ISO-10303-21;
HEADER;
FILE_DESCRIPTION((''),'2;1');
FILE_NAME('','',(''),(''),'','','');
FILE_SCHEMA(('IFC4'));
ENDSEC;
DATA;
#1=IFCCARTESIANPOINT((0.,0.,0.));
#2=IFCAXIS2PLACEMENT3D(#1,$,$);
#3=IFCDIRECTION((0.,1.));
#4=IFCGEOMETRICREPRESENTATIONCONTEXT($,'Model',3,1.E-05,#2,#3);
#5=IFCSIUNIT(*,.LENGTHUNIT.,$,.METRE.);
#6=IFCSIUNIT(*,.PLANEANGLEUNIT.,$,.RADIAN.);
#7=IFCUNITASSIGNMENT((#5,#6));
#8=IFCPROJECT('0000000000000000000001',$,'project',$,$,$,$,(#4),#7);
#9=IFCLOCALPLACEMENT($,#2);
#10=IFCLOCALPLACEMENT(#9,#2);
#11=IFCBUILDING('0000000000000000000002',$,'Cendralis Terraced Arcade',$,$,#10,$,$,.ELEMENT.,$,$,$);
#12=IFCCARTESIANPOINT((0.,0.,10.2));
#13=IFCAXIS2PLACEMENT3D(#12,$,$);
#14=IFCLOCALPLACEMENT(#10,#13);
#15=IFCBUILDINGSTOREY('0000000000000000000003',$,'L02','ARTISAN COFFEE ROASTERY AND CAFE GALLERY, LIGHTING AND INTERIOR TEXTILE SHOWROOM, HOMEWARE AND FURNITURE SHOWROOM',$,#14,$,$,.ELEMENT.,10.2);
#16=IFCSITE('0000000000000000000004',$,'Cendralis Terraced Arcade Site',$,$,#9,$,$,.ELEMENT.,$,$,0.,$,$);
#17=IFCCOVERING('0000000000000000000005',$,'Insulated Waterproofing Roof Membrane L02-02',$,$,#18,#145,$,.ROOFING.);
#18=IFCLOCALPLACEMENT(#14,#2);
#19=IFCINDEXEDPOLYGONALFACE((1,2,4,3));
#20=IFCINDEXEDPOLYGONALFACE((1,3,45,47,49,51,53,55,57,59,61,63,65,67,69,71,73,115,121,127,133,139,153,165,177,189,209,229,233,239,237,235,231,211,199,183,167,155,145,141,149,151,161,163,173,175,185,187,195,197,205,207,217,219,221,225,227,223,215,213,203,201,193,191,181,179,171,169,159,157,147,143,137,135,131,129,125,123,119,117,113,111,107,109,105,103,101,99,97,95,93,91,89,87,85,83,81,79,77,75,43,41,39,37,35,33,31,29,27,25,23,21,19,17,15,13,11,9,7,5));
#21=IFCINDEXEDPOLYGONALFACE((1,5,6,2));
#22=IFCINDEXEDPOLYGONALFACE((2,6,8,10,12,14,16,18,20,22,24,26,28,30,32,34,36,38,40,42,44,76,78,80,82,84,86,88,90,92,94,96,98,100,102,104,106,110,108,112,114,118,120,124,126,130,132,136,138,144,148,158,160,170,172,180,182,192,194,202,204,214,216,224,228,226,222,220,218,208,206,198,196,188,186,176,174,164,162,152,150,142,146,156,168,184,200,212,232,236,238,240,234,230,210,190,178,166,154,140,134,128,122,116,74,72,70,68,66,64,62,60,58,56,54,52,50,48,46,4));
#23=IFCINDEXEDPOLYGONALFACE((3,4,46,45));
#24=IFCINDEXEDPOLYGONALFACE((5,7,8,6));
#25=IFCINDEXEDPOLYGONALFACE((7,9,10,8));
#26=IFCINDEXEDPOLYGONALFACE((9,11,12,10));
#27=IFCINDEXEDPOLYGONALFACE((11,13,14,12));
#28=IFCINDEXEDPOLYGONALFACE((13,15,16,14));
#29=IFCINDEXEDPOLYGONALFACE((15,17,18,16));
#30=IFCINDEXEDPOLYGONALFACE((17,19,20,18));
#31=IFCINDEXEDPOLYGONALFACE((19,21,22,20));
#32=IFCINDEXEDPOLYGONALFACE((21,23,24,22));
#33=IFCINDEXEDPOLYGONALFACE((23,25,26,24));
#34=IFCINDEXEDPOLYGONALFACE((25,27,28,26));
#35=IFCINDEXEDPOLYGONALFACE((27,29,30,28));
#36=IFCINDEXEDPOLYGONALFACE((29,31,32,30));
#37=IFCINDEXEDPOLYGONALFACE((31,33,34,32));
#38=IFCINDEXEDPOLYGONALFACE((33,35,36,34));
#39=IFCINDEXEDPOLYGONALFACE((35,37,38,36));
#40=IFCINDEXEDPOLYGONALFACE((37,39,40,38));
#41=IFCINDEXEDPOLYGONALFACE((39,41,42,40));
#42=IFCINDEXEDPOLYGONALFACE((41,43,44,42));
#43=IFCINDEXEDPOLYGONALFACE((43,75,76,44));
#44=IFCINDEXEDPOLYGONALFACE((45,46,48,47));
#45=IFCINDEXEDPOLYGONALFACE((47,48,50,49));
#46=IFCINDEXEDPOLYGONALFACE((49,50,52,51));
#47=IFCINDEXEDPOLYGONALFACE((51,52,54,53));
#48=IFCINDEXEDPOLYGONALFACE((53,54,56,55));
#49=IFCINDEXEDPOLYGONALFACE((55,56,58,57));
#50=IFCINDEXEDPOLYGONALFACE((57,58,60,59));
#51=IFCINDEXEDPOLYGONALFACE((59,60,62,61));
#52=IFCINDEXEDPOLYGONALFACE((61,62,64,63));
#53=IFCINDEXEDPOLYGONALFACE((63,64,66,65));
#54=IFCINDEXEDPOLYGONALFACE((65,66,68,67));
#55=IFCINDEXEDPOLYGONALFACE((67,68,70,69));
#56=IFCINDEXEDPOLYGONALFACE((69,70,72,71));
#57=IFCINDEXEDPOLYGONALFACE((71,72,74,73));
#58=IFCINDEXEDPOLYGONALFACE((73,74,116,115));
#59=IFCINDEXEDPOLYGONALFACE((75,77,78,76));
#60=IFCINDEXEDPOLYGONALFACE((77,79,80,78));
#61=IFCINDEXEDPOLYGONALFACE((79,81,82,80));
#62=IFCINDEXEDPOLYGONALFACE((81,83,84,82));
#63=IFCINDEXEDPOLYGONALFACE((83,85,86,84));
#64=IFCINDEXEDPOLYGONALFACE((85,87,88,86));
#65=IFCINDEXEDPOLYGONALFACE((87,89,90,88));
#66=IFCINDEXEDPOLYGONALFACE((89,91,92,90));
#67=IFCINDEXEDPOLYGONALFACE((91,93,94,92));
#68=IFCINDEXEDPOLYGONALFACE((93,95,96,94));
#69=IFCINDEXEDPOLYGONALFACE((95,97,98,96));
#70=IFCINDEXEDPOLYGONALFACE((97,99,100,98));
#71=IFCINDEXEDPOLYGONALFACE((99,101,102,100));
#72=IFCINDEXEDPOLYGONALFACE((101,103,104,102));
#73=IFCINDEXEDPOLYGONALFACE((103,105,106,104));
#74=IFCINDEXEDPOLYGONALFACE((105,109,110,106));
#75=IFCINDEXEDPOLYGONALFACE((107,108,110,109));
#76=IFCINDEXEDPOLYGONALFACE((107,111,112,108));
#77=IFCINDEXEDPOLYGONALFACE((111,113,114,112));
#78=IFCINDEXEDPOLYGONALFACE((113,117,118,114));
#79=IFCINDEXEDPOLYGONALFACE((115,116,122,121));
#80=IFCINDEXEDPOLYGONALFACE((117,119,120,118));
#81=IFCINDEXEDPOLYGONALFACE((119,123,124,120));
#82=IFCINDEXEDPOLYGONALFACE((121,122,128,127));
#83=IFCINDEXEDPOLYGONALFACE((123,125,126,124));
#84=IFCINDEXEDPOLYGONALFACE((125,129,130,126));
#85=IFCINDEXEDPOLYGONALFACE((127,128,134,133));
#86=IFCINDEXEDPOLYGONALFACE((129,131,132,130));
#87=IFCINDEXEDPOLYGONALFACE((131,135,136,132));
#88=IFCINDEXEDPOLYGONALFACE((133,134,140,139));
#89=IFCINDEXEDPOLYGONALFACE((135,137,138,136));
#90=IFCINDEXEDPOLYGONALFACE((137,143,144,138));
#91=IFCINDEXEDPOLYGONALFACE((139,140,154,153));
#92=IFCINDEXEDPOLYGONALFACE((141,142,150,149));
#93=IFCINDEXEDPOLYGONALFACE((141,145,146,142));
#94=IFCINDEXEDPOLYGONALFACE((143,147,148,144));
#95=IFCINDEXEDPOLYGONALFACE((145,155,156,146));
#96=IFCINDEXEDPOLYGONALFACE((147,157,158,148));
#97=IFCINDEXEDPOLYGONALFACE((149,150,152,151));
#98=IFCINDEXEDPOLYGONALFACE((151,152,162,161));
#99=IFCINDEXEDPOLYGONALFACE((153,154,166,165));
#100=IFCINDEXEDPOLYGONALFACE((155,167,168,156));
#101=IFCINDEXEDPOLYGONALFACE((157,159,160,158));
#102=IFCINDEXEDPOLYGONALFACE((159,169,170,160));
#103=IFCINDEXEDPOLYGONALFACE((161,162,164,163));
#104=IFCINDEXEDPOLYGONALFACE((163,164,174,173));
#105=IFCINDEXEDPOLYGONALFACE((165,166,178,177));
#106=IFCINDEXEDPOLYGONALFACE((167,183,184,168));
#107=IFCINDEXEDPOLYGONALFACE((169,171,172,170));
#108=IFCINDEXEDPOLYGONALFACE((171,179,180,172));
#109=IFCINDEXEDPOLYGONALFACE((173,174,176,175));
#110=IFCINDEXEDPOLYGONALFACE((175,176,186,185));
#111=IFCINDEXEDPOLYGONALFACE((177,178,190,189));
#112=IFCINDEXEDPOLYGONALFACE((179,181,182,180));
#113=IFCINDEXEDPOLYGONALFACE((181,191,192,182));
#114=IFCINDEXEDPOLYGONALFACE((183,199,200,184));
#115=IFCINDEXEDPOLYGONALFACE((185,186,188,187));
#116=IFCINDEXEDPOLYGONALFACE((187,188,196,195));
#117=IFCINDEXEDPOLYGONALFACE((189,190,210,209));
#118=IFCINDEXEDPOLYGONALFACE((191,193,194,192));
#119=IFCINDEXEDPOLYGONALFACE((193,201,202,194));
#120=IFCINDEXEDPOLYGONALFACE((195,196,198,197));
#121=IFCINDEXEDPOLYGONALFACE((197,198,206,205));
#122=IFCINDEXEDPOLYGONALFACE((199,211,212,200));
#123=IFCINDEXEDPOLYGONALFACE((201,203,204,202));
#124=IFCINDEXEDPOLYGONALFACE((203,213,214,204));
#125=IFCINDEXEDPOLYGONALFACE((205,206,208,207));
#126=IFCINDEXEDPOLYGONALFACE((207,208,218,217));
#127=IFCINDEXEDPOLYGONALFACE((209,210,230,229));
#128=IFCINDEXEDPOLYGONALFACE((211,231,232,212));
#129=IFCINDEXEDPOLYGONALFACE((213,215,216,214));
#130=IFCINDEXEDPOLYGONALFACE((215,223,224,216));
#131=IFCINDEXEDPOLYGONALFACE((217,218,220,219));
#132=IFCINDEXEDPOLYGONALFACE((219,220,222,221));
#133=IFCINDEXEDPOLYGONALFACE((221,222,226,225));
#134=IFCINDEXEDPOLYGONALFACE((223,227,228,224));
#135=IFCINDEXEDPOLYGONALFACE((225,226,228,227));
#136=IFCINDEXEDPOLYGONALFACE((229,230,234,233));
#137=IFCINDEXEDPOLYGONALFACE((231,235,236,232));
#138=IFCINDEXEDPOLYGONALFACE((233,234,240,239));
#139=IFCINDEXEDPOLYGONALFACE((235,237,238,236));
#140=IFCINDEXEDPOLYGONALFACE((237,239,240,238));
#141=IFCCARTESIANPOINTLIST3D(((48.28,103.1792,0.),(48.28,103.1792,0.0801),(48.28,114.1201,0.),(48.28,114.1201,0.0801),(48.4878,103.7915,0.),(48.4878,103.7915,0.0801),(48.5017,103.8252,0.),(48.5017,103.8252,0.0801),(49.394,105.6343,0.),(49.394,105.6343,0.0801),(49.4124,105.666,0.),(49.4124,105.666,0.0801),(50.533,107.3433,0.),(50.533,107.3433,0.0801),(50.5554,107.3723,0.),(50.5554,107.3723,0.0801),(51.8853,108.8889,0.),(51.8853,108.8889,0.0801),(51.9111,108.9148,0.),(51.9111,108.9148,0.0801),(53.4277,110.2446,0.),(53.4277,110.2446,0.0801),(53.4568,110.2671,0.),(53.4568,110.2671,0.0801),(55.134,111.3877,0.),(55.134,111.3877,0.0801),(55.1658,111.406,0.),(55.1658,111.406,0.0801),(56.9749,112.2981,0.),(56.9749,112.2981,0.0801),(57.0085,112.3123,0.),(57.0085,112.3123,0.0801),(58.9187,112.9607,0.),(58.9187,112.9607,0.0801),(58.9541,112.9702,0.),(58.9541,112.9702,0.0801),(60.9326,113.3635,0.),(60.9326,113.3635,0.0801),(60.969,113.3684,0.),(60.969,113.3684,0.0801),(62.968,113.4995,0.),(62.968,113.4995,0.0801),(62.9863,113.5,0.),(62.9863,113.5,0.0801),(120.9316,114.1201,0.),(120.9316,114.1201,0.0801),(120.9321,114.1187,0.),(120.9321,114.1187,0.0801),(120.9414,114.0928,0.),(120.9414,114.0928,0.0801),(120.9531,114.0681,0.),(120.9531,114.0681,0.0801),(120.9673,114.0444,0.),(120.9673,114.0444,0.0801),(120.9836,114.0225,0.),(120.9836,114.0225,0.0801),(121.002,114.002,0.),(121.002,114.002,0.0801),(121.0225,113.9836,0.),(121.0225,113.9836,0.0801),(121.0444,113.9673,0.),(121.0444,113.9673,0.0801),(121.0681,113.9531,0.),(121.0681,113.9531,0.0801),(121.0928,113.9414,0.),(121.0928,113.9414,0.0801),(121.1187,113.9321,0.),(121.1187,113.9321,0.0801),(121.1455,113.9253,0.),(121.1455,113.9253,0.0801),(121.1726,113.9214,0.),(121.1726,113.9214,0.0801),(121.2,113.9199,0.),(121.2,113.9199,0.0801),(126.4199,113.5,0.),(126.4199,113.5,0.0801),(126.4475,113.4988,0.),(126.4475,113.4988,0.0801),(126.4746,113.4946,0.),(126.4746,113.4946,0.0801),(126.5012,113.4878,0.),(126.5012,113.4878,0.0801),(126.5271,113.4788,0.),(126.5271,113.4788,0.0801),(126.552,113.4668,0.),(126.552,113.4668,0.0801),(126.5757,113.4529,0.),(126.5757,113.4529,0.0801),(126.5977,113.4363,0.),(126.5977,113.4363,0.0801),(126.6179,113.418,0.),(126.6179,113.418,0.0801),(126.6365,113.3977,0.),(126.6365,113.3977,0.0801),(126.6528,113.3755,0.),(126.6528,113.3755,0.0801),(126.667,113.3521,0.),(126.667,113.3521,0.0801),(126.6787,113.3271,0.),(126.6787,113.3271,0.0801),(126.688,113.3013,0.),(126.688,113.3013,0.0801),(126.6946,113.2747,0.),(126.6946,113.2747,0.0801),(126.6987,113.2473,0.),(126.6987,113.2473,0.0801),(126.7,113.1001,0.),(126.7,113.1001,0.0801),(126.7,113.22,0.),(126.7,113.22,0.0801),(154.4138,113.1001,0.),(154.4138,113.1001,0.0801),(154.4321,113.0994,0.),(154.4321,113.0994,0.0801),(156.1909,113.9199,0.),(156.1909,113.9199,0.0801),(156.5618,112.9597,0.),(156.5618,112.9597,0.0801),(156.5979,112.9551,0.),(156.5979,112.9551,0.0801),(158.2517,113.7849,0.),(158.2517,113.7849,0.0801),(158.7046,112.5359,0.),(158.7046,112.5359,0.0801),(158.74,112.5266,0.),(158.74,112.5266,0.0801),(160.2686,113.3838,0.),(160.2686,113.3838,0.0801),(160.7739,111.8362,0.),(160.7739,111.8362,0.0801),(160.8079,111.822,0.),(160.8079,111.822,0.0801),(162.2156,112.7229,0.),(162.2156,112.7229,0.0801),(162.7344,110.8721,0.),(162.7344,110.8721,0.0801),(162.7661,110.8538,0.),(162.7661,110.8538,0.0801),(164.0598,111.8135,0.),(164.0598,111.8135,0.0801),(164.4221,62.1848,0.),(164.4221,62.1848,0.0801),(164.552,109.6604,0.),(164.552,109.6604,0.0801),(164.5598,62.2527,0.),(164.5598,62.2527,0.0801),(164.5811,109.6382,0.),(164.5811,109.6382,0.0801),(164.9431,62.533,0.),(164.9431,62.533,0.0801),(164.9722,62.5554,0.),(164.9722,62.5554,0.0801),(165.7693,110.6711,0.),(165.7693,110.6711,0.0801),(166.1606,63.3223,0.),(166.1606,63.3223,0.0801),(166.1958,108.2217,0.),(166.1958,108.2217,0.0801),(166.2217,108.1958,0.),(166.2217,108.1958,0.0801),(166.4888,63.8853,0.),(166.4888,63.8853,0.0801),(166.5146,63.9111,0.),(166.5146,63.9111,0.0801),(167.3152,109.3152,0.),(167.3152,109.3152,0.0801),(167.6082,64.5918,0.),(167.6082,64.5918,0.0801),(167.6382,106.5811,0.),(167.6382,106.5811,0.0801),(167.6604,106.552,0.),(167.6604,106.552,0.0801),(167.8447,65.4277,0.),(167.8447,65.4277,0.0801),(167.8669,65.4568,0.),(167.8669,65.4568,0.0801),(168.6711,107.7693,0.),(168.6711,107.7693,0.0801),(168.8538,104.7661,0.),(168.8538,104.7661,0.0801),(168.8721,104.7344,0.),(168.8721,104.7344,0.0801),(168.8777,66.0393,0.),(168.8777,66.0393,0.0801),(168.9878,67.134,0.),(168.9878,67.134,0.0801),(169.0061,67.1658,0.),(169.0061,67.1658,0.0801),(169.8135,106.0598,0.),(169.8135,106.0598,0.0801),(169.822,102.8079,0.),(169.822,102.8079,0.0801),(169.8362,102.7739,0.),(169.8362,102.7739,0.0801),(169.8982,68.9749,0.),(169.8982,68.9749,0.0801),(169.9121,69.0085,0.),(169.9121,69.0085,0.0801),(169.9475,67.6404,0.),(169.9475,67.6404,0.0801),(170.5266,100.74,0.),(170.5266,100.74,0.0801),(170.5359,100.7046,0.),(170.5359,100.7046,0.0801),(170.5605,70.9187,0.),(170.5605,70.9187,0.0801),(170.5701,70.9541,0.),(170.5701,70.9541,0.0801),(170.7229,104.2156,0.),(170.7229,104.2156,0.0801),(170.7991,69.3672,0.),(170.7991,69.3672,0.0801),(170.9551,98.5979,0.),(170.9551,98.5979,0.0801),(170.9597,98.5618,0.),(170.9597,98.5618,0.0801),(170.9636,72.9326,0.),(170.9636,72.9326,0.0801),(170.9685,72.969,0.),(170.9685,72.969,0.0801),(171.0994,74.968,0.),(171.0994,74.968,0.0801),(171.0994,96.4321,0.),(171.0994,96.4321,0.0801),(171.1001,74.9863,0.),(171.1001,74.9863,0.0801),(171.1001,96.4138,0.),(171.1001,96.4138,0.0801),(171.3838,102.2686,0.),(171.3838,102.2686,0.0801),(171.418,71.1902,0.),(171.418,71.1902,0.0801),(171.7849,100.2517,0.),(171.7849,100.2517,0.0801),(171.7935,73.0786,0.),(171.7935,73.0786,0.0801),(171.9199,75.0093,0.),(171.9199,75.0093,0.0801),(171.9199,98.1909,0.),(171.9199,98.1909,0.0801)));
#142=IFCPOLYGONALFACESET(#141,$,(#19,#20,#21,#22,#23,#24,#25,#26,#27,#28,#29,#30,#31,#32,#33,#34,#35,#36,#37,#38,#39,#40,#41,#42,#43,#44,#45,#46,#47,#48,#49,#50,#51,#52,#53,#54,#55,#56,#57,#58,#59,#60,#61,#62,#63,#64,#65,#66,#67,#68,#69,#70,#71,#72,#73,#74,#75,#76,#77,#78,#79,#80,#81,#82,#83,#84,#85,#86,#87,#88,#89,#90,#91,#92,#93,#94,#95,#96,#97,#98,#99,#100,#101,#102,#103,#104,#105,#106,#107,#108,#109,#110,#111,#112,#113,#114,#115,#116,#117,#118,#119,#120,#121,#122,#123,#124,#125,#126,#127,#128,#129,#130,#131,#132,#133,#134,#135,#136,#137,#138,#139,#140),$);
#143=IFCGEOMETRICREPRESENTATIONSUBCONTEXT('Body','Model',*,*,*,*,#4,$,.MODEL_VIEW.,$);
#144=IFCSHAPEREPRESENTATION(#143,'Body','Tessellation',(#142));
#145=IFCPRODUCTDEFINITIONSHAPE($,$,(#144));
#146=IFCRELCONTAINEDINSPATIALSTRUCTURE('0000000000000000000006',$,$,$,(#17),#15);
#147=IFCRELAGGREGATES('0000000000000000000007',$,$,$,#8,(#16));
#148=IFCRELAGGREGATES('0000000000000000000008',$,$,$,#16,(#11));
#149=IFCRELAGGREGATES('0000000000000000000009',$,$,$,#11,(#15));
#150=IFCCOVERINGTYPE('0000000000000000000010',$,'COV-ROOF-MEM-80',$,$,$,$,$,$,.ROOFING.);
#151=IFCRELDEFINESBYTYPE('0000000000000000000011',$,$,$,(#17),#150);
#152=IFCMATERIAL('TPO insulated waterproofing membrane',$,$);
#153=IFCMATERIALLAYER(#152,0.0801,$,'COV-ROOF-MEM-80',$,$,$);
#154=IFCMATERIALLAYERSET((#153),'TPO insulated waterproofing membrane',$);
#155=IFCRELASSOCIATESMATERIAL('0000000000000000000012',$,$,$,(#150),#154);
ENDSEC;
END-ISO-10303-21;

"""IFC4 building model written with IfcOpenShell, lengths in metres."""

from ifc_helpers import new_model, si_unit, direction, frame, origin, place, context, subcontext, project, spatial, polyline, outline, extrude, material, layer, layer_set, type_object, element, save


model = new_model("IFC4")

# Units and contexts
model_context = context("Model", 3, precision=1e-05, world=origin(), true_north=direction((0.0, 1.0)))
body_context = subcontext(model_context, "Body", "Model", "MODEL_VIEW")
ifc_project = project(units=[si_unit("LENGTHUNIT", "METRE"), si_unit("PLANEANGLEUNIT", "RADIAN")], contexts=[model_context])

# Site, building, storey
site_placement = place(None, origin())
site = spatial("IfcSite", under=ifc_project, at=site_placement, Name="Cendralis Terraced Arcade Site", CompositionType="ELEMENT", RefElevation=0.0)
building_placement = place(site_placement, origin())
building = spatial("IfcBuilding", under=site, at=building_placement, Name="Cendralis Terraced Arcade", CompositionType="ELEMENT")
storey_placement = place(building_placement, frame((0.0, 0.0, 10.2)))
storey = spatial("IfcBuildingStorey", under=building, at=storey_placement, Name="L02", Description="ARTISAN COFFEE ROASTERY AND CAFE GALLERY, LIGHTING AND INTERIOR TEXTILE SHOWROOM, HOMEWARE AND FURNITURE SHOWROOM", CompositionType="ELEMENT", Elevation=10.2)

# Covering
ifc_material_1 = material(Name="TPO insulated waterproofing membrane")
ifc_layer_1 = layer(ifc_material_1, 0.0801, Name="COV-ROOF-MEM-80")
ifc_layer_set_1 = layer_set([ifc_layer_1], Name="TPO insulated waterproofing membrane")
covering_type_1 = type_object("IfcCoveringType", Name="COV-ROOF-MEM-80", PredefinedType="ROOFING", material=ifc_layer_set_1)
covering_1_placement = place(storey_placement, origin())
element("IfcCovering", 1, at=covering_1_placement, inside=storey, type_object=covering_type_1, Name="Insulated Waterproofing Roof Membrane L02-02", PredefinedType="ROOFING", context=body_context, shape_type="SweptSolid", body=[
    extrude(outline(polyline([(48.28, 103.1792), (48.28, 114.1201), (120.9316, 114.1201), (120.9321, 114.1187), (120.9414, 114.0928), (120.9531, 114.0681), (120.9673, 114.0444), (120.9836, 114.0225), (121.002, 114.002), (121.0225, 113.9836), (121.0444, 113.9673), (121.0681, 113.9531), (121.0928, 113.9414), (121.1187, 113.9321), (121.1455, 113.9253), (121.1726, 113.9214), (121.2, 113.9199), (156.1909, 113.9199), (158.2517, 113.7849), (160.2686, 113.3838), (162.2156, 112.7229), (164.0598, 111.8135), (165.7693, 110.6711), (167.3152, 109.3152), (168.6711, 107.7693), (169.8135, 106.0598), (170.7229, 104.2156), (171.3838, 102.2686), (171.7849, 100.2517), (171.9199, 98.1909), (171.9199, 75.0093), (171.7935, 73.0786), (171.418, 71.1902), (170.7991, 69.3672), (169.9475, 67.6404), (168.8777, 66.0393), (167.6082, 64.5918), (166.1606, 63.3223), (164.5598, 62.2527), (164.4221, 62.1848), (164.9431, 62.533), (164.9722, 62.5554), (166.4888, 63.8853), (166.5146, 63.9111), (167.8447, 65.4277), (167.8669, 65.4568), (168.9878, 67.134), (169.0061, 67.1658), (169.8982, 68.9749), (169.9121, 69.0085), (170.5605, 70.9187), (170.5701, 70.9541), (170.9636, 72.9326), (170.9685, 72.969), (171.0994, 74.968), (171.1001, 74.9863), (171.1001, 96.4138), (171.0994, 96.4321), (170.9597, 98.5618), (170.9551, 98.5979), (170.5359, 100.7046), (170.5266, 100.74), (169.8362, 102.7739), (169.822, 102.8079), (168.8721, 104.7344), (168.8538, 104.7661), (167.6604, 106.552), (167.6382, 106.5811), (166.2217, 108.1958), (166.1958, 108.2217), (164.5811, 109.6382), (164.552, 109.6604), (162.7661, 110.8538), (162.7344, 110.8721), (160.8079, 111.822), (160.7739, 111.8362), (158.74, 112.5266), (158.7046, 112.5359), (156.5979, 112.9551), (156.5618, 112.9597), (154.4321, 113.0994), (154.4138, 113.1001), (126.7, 113.1001), (126.7, 113.22), (126.6987, 113.2473), (126.6946, 113.2747), (126.688, 113.3013), (126.6787, 113.3271), (126.667, 113.3521), (126.6528, 113.3755), (126.6365, 113.3977), (126.6179, 113.418), (126.5977, 113.4363), (126.5757, 113.4529), (126.552, 113.4668), (126.5271, 113.4788), (126.5012, 113.4878), (126.4746, 113.4946), (126.4475, 113.4988), (126.4199, 113.5), (62.9863, 113.5), (62.968, 113.4995), (60.969, 113.3684), (60.9326, 113.3635), (58.9541, 112.9702), (58.9187, 112.9607), (57.0085, 112.3123), (56.9749, 112.2981), (55.1658, 111.406), (55.134, 111.3877), (53.4568, 110.2671), (53.4277, 110.2446), (51.9111, 108.9148), (51.8853, 108.8889), (50.5554, 107.3723), (50.533, 107.3433), (49.4124, 105.666), (49.394, 105.6343), (48.5017, 103.8252), (48.4878, 103.7915), (48.28, 103.1792)])), origin(), (0.0, 0.0, 1.0), 0.0801),
])

save(model, "model.ifc")
